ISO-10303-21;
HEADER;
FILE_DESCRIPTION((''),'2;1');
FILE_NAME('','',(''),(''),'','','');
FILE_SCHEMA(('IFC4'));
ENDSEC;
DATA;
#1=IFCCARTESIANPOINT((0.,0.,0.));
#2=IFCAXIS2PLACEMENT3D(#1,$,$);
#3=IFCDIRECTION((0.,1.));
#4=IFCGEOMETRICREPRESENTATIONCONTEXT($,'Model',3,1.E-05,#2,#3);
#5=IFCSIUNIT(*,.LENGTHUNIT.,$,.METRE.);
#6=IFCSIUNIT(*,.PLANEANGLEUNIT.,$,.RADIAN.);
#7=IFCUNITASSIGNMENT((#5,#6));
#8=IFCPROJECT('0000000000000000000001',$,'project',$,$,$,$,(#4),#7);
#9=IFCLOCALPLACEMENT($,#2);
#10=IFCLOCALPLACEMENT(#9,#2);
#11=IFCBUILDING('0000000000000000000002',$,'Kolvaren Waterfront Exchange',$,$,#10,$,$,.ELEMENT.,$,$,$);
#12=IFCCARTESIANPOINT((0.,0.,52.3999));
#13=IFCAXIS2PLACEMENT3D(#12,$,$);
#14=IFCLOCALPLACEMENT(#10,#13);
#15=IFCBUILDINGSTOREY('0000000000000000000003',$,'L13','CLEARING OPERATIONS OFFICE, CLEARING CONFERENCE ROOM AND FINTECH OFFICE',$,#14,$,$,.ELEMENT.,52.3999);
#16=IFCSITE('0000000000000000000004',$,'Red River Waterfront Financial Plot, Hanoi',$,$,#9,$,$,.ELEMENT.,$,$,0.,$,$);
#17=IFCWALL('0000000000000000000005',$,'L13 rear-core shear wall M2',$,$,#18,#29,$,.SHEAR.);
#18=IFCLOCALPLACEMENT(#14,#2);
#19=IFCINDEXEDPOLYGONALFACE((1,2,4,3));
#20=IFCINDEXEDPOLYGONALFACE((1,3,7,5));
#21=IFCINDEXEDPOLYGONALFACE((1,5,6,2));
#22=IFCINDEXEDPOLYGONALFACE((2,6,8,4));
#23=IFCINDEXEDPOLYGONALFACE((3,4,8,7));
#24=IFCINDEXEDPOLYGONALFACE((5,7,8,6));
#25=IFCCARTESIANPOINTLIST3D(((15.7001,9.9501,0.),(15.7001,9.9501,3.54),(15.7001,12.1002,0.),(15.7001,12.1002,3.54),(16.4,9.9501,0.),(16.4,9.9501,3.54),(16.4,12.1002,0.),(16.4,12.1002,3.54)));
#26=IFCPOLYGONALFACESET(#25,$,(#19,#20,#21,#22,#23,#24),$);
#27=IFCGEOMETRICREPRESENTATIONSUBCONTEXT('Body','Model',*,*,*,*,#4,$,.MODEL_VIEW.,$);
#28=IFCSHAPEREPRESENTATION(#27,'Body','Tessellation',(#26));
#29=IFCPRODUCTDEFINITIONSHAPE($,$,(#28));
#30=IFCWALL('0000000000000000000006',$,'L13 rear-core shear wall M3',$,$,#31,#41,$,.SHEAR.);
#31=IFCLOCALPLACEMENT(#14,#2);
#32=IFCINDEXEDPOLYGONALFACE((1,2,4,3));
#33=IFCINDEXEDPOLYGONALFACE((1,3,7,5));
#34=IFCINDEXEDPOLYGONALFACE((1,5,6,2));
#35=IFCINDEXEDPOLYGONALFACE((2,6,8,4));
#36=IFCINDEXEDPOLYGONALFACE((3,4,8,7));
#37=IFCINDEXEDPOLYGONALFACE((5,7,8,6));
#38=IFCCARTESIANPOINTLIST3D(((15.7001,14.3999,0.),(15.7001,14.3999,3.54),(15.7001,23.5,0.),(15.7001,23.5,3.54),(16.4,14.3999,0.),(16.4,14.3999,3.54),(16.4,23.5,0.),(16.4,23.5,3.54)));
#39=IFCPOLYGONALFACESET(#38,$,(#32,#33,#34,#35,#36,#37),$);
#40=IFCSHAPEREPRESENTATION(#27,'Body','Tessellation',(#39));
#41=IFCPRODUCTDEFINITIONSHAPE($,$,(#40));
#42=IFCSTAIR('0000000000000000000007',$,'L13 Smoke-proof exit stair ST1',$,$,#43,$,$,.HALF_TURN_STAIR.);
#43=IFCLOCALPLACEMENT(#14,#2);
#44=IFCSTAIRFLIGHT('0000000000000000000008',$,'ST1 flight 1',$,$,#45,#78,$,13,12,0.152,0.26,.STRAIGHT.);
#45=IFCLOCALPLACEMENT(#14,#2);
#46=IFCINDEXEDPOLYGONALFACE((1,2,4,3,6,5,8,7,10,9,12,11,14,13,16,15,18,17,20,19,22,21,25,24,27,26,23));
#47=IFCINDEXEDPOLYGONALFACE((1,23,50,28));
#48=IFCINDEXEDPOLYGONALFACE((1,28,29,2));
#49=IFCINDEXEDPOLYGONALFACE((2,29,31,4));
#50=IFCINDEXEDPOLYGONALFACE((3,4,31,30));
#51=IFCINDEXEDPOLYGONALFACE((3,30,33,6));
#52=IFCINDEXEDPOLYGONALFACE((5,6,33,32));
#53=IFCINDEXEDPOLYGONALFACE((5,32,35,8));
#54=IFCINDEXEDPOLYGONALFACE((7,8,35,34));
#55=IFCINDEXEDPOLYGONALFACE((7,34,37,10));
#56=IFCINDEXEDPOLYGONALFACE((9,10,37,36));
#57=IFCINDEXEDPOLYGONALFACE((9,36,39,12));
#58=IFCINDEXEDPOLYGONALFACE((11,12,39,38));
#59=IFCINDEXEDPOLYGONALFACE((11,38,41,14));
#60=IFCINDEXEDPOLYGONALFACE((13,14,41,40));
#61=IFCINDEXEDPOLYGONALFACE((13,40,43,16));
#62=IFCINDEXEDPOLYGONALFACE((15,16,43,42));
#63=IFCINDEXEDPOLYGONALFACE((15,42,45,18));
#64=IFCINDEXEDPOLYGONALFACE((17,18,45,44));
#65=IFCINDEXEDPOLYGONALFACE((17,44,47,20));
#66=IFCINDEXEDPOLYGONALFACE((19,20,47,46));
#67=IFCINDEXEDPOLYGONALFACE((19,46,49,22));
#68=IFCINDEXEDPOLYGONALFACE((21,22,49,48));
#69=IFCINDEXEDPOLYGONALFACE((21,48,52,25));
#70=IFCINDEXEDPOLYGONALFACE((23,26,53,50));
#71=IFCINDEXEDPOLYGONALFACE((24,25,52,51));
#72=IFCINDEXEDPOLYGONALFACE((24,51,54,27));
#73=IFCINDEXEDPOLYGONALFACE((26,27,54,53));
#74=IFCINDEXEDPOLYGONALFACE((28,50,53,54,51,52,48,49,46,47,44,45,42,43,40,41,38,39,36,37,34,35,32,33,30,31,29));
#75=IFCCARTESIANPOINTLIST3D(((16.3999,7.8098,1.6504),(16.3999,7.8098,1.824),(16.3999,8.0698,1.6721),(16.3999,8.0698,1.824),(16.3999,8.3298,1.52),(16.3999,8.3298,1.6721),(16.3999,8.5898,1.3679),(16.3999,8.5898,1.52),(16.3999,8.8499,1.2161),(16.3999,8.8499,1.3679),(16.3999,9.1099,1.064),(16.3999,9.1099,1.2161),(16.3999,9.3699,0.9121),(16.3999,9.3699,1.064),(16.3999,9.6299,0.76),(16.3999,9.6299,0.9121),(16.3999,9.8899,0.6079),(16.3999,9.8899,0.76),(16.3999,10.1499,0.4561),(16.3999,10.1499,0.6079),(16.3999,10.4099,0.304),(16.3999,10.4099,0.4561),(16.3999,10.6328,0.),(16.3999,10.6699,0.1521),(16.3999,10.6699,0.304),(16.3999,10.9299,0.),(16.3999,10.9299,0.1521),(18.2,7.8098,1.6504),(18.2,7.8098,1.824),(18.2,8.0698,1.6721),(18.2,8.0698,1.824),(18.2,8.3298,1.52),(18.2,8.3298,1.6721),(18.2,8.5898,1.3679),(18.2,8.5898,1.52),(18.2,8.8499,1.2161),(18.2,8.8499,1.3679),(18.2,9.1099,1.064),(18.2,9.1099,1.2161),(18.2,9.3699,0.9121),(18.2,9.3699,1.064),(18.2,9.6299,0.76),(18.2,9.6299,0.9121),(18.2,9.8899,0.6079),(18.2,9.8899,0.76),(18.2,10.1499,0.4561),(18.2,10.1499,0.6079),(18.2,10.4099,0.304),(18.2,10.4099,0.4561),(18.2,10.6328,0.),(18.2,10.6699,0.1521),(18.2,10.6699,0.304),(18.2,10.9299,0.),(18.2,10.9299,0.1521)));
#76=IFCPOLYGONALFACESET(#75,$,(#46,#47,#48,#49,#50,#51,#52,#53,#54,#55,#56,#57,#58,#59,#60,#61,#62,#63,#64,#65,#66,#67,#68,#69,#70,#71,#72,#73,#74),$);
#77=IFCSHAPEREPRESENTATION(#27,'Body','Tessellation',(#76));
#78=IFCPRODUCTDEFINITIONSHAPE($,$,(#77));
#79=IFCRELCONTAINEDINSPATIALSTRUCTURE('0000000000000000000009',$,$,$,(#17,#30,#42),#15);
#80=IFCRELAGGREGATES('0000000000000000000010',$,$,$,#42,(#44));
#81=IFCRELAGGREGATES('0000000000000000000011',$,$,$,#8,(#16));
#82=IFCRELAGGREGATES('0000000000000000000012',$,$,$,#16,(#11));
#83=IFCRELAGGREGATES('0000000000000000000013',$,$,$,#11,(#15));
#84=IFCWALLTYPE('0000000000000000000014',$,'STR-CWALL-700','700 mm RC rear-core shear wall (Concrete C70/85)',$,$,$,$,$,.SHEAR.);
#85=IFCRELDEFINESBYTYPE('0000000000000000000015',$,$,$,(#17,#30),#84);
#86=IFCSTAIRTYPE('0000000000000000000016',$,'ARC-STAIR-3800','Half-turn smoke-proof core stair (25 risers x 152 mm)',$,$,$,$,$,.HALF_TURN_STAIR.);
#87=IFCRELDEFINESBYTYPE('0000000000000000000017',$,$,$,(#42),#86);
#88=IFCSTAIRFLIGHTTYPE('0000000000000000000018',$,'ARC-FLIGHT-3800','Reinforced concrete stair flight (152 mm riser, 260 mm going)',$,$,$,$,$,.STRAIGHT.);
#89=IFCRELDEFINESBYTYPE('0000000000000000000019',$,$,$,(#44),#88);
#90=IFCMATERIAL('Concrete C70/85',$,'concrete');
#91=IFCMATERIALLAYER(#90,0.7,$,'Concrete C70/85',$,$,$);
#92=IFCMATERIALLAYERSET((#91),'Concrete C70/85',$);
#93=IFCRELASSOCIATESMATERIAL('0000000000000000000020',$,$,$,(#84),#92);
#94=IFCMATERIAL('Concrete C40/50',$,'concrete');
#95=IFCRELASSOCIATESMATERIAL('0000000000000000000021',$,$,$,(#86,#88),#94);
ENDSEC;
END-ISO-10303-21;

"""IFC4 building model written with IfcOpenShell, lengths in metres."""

from ifc_helpers import new_model, si_unit, direction, frame, frame_2d, origin, place, context, subcontext, project, spatial, polyline, rectangle, outline, extrude, material, layer, layer_set, type_object, element, aggregate, save


model = new_model("IFC4")

# Units and contexts
model_context = context("Model", 3, precision=1e-05, world=origin(), true_north=direction((0.0, 1.0)))
body_context = subcontext(model_context, "Body", "Model", "MODEL_VIEW")
ifc_project = project(units=[si_unit("LENGTHUNIT", "METRE"), si_unit("PLANEANGLEUNIT", "RADIAN")], contexts=[model_context])

# Site, building, storey
site_placement = place(None, origin())
site = spatial("IfcSite", under=ifc_project, at=site_placement, Name="Red River Waterfront Financial Plot, Hanoi", CompositionType="ELEMENT", RefElevation=0.0)
building_placement = place(site_placement, origin())
building = spatial("IfcBuilding", under=site, at=building_placement, Name="Kolvaren Waterfront Exchange", CompositionType="ELEMENT")
storey_placement = place(building_placement, frame((0.0, 0.0, 52.3999)))
storey = spatial("IfcBuildingStorey", under=building, at=storey_placement, Name="L13", Description="CLEARING OPERATIONS OFFICE, CLEARING CONFERENCE ROOM AND FINTECH OFFICE", CompositionType="ELEMENT", Elevation=52.3999)

# Walls
ifc_material_1 = material(Name="Concrete C40/50", Category="concrete")
ifc_material_2 = material(Name="Concrete C70/85", Category="concrete")
ifc_layer_1 = layer(ifc_material_2, 0.7, Name="Concrete C70/85")
ifc_layer_set_1 = layer_set([ifc_layer_1], Name="Concrete C70/85")
wall_type_1 = type_object("IfcWallType", Name="STR-CWALL-700", Description="700 mm RC rear-core shear wall (Concrete C70/85)", PredefinedType="SHEAR", material=ifc_layer_set_1)
wall_1_placement = place(storey_placement, frame((16.05, 9.95, 0.0), z_axis=(0.0, 0.0, 1.0), x_axis=(0.0, 1.0, 0.0)))
element("IfcWall", 1, at=wall_1_placement, inside=storey, type_object=wall_type_1, Name="L13 rear-core shear wall M2", PredefinedType="SHEAR", context=body_context, shape_type="SweptSolid", body=[
    extrude(rectangle(XDim=2.1501, YDim=0.7, at=frame_2d((1.0752, 0.0))), origin(), (0.0, 0.0, 1.0), 3.54),
])
wall_2_placement = place(storey_placement, frame((16.05, 14.3999, 0.0), z_axis=(0.0, 0.0, 1.0), x_axis=(0.0, 1.0, 0.0)))
element("IfcWall", 2, at=wall_2_placement, inside=storey, type_object=wall_type_1, Name="L13 rear-core shear wall M3", PredefinedType="SHEAR", context=body_context, shape_type="SweptSolid", body=[
    extrude(rectangle(XDim=9.1001, YDim=0.7, at=frame_2d((4.55, 0.0))), origin(), (0.0, 0.0, 1.0), 3.54),
])

# Stair, stair flight
stair_type = type_object("IfcStairType", Name="ARC-STAIR-3800", Description="Half-turn smoke-proof core stair (25 risers x 152 mm)", PredefinedType="HALF_TURN_STAIR", material=ifc_material_1)
stair_placement = place(storey_placement, origin())
stair = element("IfcStair", 3, at=stair_placement, inside=storey, type_object=stair_type, Name="L13 Smoke-proof exit stair ST1", PredefinedType="HALF_TURN_STAIR")
stair_flight_type = type_object("IfcStairFlightType", Name="ARC-FLIGHT-3800", Description="Reinforced concrete stair flight (152 mm riser, 260 mm going)", PredefinedType="STRAIGHT", material=ifc_material_1)
stair_flight_placement = place(storey_placement, frame((17.3, 10.9299, 0.0), z_axis=(0.0, 0.0, 1.0), x_axis=(0.0, -1.0, 0.0)))
stair_flight = element("IfcStairFlight", 4, at=stair_flight_placement, type_object=stair_flight_type, Name="ST1 flight 1", NumberOfRisers=13, NumberOfTreads=12, PredefinedType="STRAIGHT", RiserHeight=0.152, TreadLength=0.26, context=body_context, shape_type="SweptSolid", body=[
    extrude(outline(polyline([(0.0, 0.0), (0.0, 0.1521), (0.26, 0.1521), (0.26, 0.304), (0.52, 0.304), (0.52, 0.4561), (0.78, 0.4561), (0.78, 0.6079), (1.04, 0.6079), (1.04, 0.76), (1.3, 0.76), (1.3, 0.9121), (1.5601, 0.9121), (1.5601, 1.064), (1.8201, 1.064), (1.8201, 1.2161), (2.0801, 1.2161), (2.0801, 1.3679), (2.3401, 1.3679), (2.3401, 1.52), (2.6001, 1.52), (2.6001, 1.6721), (2.8601, 1.6721), (2.8601, 1.824), (3.1201, 1.824), (3.1201, 1.9761), (3.1201, 1.6504), (0.2971, 0.0), (0.0, 0.0)])), frame((0.0, 0.8999, 0.0), z_axis=(0.0, -1.0, 0.0), x_axis=(1.0, 0.0, 0.0)), (0.0, 0.0, 1.0), 1.8),
])
aggregate(stair, [stair_flight])

save(model, "model.ifc")
